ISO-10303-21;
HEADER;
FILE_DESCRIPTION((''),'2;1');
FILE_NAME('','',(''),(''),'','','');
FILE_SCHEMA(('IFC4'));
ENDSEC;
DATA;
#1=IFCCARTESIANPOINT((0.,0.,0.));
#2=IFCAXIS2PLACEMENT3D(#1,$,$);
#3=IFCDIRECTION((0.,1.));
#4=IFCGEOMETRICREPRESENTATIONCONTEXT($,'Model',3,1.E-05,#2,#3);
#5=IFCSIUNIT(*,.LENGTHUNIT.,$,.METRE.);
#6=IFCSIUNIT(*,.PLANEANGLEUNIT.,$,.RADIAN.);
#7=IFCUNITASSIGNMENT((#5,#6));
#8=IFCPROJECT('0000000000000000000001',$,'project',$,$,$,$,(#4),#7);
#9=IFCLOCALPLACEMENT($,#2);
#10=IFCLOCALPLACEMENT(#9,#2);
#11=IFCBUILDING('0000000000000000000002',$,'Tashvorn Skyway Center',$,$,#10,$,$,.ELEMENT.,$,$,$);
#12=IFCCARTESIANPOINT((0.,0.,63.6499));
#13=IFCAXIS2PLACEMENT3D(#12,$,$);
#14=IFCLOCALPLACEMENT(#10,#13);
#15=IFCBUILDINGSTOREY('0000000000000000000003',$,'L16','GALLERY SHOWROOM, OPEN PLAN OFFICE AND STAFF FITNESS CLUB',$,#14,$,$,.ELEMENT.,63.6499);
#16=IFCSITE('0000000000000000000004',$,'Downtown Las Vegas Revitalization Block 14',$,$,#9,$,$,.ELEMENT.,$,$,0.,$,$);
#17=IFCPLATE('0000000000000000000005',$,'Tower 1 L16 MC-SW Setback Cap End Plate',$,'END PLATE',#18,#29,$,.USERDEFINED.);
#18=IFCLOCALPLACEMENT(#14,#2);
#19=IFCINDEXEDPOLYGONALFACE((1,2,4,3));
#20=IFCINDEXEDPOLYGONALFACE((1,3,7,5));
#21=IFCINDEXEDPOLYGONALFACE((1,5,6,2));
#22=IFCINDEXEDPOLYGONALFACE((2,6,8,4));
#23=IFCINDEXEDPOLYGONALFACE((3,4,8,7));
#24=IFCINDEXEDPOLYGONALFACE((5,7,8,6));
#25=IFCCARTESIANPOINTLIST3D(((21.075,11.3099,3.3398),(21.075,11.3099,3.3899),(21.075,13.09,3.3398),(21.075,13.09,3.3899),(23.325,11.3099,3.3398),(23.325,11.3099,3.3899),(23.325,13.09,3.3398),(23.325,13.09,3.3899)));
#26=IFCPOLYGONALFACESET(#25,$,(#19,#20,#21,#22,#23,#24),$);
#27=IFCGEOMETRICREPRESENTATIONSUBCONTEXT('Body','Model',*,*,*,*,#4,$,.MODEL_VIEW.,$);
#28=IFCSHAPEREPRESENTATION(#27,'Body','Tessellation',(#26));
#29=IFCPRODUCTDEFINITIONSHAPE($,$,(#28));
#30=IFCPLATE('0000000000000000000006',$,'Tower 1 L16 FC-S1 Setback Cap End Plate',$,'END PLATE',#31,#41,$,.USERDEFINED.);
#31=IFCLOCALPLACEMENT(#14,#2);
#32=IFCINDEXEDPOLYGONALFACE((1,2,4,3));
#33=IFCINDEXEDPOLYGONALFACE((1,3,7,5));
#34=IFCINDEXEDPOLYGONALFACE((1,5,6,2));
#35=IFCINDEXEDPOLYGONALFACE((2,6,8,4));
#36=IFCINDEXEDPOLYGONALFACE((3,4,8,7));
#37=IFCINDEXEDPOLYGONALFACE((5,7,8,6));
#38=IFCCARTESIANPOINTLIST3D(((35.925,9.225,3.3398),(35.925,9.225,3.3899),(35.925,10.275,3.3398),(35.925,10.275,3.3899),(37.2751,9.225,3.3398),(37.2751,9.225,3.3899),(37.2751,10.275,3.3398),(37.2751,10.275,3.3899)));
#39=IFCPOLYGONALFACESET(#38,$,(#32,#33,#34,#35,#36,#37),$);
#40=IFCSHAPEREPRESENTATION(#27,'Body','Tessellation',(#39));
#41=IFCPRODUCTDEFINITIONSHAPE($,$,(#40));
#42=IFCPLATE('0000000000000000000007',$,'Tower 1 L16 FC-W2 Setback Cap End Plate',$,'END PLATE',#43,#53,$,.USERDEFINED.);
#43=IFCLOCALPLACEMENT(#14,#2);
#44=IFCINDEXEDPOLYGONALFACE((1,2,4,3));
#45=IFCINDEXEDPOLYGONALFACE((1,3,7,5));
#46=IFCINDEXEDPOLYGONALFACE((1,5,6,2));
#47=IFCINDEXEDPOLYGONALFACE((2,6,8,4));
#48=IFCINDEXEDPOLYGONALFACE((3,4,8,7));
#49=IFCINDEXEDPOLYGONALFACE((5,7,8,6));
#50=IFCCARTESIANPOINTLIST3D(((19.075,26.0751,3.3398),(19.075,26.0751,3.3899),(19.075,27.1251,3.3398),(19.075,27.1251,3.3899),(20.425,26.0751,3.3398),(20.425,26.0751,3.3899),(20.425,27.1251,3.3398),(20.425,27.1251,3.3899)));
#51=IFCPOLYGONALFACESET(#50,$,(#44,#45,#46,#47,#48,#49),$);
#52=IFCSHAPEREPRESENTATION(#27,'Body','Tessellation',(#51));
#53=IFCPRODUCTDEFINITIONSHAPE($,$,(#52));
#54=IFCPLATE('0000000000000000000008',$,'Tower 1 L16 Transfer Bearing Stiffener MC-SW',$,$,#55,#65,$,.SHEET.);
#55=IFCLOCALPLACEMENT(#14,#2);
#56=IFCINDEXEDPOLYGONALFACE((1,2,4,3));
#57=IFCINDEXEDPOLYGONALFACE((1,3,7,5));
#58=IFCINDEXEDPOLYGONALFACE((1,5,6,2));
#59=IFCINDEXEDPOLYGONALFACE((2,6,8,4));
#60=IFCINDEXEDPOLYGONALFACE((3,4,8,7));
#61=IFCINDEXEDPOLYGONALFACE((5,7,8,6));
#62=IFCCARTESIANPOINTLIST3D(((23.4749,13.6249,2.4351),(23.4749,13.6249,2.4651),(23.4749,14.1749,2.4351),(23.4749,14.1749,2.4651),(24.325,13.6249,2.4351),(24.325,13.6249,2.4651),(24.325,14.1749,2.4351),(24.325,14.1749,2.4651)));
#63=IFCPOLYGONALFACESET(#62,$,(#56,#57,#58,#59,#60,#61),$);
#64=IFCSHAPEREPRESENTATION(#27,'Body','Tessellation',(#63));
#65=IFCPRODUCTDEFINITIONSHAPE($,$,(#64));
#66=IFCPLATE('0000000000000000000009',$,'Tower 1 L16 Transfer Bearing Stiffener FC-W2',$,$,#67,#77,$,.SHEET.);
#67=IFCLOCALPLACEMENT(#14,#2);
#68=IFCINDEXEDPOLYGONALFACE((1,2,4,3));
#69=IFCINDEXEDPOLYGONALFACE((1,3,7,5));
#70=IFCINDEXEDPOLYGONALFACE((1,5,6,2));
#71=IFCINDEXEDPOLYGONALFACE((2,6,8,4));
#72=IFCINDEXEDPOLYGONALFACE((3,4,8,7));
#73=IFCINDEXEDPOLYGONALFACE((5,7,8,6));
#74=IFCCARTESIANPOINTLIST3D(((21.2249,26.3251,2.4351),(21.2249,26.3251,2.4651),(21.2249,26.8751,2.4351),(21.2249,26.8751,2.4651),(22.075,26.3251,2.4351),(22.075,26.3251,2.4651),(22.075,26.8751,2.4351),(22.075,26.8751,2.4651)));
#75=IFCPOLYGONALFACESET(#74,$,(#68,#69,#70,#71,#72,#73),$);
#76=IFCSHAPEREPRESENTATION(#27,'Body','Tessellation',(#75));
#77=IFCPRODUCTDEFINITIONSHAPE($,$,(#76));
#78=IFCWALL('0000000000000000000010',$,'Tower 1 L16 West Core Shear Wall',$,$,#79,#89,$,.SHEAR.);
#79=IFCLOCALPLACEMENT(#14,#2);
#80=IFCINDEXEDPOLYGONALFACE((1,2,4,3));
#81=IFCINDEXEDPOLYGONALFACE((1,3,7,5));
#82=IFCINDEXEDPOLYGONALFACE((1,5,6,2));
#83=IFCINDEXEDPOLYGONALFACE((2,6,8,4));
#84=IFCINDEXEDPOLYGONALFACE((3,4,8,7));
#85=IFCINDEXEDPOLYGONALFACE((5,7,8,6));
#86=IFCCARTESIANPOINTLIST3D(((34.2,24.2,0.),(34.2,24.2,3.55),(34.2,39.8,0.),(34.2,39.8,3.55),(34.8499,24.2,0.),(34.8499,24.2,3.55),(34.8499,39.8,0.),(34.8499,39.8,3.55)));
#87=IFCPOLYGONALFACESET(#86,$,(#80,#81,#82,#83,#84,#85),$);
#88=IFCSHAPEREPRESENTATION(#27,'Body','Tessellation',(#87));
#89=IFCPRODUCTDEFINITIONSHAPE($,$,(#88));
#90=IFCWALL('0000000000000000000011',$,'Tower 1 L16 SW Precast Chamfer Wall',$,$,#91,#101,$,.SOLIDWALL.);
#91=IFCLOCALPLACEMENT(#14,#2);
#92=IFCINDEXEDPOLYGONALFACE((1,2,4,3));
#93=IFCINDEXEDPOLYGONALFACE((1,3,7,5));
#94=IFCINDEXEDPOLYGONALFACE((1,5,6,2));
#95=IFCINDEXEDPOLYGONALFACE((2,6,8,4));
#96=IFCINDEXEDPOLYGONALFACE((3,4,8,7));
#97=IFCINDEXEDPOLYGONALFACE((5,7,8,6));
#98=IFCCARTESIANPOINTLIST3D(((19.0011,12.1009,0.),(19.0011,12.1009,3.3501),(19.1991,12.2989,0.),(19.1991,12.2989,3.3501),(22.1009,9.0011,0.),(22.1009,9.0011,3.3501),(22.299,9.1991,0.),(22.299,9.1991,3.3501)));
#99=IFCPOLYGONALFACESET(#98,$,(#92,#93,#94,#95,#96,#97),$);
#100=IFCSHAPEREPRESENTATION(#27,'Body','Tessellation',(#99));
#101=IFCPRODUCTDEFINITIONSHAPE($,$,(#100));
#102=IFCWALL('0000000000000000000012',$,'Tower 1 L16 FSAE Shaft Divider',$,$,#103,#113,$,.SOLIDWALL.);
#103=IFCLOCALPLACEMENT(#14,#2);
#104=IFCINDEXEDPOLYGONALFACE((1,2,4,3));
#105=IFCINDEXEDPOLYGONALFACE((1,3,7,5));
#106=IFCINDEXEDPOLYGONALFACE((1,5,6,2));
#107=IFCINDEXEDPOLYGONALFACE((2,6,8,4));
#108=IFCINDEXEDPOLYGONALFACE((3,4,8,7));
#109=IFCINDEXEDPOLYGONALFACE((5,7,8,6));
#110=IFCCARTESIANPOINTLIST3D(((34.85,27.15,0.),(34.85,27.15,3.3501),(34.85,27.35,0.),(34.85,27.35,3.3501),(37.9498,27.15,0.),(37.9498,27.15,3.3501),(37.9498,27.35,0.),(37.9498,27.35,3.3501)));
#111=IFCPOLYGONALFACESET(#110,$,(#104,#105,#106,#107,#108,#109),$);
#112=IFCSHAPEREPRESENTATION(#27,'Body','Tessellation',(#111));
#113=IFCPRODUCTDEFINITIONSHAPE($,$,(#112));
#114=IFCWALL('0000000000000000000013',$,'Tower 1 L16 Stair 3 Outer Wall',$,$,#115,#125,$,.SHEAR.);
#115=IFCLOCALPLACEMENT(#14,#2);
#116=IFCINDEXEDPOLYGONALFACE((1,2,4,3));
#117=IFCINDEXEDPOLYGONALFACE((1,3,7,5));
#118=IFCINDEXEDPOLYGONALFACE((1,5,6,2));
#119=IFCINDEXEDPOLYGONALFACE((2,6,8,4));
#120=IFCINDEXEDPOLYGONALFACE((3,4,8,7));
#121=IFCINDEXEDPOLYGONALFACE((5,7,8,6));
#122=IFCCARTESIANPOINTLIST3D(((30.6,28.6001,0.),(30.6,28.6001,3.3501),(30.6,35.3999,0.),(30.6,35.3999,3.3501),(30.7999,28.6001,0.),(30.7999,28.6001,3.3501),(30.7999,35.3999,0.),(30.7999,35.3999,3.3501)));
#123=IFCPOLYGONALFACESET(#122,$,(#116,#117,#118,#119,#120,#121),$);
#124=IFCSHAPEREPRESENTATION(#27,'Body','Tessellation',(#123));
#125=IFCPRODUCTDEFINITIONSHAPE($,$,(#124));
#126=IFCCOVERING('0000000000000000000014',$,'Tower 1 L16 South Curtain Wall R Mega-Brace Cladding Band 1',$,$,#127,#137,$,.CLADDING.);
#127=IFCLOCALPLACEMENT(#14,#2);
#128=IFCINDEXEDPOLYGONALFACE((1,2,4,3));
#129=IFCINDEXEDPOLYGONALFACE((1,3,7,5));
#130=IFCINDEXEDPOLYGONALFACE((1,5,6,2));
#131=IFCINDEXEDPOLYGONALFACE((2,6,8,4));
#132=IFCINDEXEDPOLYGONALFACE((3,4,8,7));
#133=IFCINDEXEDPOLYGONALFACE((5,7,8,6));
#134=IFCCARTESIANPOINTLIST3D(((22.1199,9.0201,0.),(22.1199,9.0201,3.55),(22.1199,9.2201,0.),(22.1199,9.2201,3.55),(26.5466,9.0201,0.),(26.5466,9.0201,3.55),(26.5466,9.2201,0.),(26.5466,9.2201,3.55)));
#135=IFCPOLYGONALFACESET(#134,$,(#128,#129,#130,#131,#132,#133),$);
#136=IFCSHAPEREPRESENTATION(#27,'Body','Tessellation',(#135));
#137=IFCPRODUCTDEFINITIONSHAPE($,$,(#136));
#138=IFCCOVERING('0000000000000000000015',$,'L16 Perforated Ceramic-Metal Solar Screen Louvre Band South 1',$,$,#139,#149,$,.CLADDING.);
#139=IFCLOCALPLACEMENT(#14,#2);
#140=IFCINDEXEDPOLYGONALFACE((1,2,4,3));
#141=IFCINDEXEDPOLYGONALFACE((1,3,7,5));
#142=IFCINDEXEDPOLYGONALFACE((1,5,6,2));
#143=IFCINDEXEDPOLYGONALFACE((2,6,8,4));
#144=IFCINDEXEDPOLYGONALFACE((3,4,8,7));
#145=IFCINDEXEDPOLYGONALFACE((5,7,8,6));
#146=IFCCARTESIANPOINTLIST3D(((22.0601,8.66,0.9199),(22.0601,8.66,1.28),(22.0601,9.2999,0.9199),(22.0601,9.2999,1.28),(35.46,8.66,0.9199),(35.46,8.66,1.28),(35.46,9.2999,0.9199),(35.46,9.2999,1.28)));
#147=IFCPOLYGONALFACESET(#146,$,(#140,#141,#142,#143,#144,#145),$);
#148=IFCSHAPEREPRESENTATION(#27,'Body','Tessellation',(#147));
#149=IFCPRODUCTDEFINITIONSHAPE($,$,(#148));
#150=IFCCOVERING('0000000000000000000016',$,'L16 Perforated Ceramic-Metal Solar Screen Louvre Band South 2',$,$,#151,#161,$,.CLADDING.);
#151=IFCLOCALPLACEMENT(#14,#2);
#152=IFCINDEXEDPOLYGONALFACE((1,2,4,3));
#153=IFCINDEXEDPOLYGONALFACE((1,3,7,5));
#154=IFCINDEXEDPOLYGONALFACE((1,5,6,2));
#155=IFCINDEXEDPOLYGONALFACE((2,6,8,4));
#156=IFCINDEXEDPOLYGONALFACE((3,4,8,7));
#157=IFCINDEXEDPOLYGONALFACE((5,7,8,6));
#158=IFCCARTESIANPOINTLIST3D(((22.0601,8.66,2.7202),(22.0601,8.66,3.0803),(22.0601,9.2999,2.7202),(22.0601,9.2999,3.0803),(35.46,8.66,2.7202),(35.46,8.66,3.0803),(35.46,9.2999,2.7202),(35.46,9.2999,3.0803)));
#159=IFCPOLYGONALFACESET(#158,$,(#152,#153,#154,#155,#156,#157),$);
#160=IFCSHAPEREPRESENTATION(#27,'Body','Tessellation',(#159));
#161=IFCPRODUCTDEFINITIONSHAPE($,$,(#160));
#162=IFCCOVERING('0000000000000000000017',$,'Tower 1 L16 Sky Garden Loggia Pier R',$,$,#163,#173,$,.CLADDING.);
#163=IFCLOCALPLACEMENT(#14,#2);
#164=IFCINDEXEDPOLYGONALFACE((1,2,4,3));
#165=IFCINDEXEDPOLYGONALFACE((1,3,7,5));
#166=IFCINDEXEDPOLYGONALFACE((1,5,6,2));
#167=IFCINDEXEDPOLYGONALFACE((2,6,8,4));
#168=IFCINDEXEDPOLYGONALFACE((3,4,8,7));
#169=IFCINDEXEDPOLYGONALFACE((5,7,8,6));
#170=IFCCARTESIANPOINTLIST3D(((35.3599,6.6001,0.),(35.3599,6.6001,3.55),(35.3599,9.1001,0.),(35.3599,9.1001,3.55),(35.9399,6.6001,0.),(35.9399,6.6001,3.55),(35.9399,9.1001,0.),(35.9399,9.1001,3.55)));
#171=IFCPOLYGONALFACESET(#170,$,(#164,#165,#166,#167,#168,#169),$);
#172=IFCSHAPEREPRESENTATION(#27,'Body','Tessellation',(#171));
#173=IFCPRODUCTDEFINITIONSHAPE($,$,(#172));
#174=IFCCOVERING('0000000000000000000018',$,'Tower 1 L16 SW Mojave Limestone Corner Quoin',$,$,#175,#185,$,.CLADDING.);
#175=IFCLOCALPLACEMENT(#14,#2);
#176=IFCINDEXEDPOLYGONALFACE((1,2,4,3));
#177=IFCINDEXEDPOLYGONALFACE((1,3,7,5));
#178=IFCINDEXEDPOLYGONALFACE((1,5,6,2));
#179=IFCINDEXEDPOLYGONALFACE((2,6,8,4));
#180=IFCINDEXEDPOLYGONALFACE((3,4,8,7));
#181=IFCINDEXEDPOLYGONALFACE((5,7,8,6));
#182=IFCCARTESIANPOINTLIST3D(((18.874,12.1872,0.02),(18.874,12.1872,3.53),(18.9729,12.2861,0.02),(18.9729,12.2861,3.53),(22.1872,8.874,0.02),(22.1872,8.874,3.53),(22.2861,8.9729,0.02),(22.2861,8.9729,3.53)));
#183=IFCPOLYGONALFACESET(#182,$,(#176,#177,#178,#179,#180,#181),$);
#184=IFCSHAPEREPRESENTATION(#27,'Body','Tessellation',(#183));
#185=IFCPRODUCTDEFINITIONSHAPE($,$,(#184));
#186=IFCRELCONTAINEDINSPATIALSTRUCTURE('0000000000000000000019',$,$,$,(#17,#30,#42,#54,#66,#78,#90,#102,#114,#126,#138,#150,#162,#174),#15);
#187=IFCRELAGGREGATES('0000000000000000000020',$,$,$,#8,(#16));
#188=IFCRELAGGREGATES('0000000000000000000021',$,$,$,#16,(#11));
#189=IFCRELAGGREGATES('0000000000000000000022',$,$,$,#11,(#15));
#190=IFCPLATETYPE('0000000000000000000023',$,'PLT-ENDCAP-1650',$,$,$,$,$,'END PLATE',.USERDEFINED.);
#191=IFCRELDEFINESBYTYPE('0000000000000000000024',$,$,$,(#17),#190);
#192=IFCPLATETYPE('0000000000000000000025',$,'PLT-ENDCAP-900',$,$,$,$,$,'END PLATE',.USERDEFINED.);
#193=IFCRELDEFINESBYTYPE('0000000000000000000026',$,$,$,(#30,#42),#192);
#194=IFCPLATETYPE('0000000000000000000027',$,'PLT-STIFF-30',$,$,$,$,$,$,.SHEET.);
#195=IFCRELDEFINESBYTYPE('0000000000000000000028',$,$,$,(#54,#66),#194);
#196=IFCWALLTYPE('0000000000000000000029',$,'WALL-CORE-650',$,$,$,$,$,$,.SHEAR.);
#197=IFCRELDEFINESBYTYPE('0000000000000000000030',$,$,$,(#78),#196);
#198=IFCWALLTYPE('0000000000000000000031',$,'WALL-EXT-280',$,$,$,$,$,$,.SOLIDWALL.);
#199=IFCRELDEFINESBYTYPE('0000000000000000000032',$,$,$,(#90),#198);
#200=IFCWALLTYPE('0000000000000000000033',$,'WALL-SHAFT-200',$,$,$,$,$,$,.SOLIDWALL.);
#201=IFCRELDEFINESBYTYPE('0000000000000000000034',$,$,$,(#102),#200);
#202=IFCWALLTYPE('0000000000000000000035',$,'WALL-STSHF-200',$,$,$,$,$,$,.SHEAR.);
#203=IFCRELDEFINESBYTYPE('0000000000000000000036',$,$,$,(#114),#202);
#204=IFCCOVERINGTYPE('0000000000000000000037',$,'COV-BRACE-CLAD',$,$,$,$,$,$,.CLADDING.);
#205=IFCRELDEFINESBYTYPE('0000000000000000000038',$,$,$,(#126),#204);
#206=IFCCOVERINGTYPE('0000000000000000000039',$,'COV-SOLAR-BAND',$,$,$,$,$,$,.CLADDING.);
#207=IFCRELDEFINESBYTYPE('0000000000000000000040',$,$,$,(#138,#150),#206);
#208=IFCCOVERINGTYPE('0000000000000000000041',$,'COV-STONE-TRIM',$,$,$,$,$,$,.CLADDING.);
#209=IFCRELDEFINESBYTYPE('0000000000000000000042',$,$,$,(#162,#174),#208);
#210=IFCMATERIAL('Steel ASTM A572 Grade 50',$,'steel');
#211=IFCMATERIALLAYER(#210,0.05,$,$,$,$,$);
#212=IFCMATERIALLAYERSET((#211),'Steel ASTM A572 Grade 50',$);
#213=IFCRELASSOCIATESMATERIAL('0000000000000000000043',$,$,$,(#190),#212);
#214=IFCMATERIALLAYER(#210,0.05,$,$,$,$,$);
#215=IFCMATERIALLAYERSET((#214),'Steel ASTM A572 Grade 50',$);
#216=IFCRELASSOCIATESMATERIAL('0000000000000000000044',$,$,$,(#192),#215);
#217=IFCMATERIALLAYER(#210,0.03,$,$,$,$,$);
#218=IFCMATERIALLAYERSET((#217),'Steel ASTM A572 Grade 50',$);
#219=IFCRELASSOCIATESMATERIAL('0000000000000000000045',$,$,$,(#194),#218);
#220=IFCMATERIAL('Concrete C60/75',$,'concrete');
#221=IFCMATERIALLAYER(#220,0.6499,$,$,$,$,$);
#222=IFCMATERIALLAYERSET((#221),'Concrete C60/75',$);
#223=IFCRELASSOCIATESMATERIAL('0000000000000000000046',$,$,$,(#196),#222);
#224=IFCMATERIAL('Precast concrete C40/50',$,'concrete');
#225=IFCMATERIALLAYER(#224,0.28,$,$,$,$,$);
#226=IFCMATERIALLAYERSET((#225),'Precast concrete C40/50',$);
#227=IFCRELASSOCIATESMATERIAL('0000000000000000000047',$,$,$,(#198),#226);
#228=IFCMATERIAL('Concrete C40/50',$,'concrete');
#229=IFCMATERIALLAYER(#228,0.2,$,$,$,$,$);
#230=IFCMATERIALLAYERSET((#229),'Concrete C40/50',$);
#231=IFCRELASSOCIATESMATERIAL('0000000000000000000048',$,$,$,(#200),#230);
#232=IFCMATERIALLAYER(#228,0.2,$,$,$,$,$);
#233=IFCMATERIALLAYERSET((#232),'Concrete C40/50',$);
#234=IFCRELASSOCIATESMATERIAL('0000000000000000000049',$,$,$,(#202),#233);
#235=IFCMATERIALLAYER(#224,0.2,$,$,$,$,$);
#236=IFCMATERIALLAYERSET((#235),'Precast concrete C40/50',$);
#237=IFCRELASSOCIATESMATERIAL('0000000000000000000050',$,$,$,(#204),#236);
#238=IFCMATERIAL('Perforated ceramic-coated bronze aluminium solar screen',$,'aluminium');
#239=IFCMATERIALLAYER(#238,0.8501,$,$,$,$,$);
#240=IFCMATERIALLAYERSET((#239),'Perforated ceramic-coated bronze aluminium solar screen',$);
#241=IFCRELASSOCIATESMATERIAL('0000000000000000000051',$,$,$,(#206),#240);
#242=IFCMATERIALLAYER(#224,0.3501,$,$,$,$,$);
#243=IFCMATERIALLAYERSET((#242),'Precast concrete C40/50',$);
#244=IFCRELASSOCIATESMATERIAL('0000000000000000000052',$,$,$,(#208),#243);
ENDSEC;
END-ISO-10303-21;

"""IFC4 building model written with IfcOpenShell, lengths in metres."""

from ifc_helpers import new_model, si_unit, direction, frame, frame_2d, origin, origin_2d, place, context, subcontext, project, spatial, rectangle, extrude, material, layer, layer_set, type_object, element, save


model = new_model("IFC4")

# Units and contexts
model_context = context("Model", 3, precision=1e-05, world=origin(), true_north=direction((0.0, 1.0)))
body_context = subcontext(model_context, "Body", "Model", "MODEL_VIEW")
ifc_project = project(units=[si_unit("LENGTHUNIT", "METRE"), si_unit("PLANEANGLEUNIT", "RADIAN")], contexts=[model_context])

# Site, building, storey
site_placement = place(None, origin())
site = spatial("IfcSite", under=ifc_project, at=site_placement, Name="Downtown Las Vegas Revitalization Block 14", CompositionType="ELEMENT", RefElevation=0.0)
building_placement = place(site_placement, origin())
building = spatial("IfcBuilding", under=site, at=building_placement, Name="Tashvorn Skyway Center", CompositionType="ELEMENT")
storey_placement = place(building_placement, frame((0.0, 0.0, 63.6499)))
storey = spatial("IfcBuildingStorey", under=building, at=storey_placement, Name="L16", Description="GALLERY SHOWROOM, OPEN PLAN OFFICE AND STAFF FITNESS CLUB", CompositionType="ELEMENT", Elevation=63.6499)

# Shared definitions
ifc_material_1 = material(Name="Steel ASTM A572 Grade 50", Category="steel")

# Plates
ifc_layer_1 = layer(ifc_material_1, 0.05)
ifc_layer_set_1 = layer_set([ifc_layer_1], Name="Steel ASTM A572 Grade 50")
plate_type_1 = type_object("IfcPlateType", Name="PLT-ENDCAP-1650", ElementType="END PLATE", PredefinedType="USERDEFINED", material=ifc_layer_set_1)
plate_1_placement = place(storey_placement, frame((22.2, 12.2, 3.3398), z_axis=(0.0, 0.0, 1.0), x_axis=(1.0, 0.0, 0.0)))
element("IfcPlate", 1, at=plate_1_placement, inside=storey, type_object=plate_type_1, Name="Tower 1 L16 MC-SW Setback Cap End Plate", ObjectType="END PLATE", PredefinedType="USERDEFINED", context=body_context, shape_type="SweptSolid", body=[
    extrude(rectangle(XDim=2.25, YDim=1.78, at=origin_2d()), origin(), (0.0, 0.0, 1.0), 0.05),
])
ifc_layer_2 = layer(ifc_material_1, 0.05)
ifc_layer_set_2 = layer_set([ifc_layer_2], Name="Steel ASTM A572 Grade 50")
plate_type_2 = type_object("IfcPlateType", Name="PLT-ENDCAP-900", ElementType="END PLATE", PredefinedType="USERDEFINED", material=ifc_layer_set_2)
for number, where, z_axis, x_axis, name in (
    (2, (36.6001, 9.75, 3.3398), (0.0, 0.0, 1.0), (1.0, 0.0, 0.0), "Tower 1 L16 FC-S1 Setback Cap End Plate"),
    (3, (19.75, 26.6001, 3.3398), (0.0, 0.0, 1.0), (1.0, 0.0, 0.0), "Tower 1 L16 FC-W2 Setback Cap End Plate"),
):
    element("IfcPlate", number, at=place(storey_placement, frame(where, z_axis=z_axis, x_axis=x_axis)), inside=storey, type_object=plate_type_2, Name=name, ObjectType="END PLATE", PredefinedType="USERDEFINED", context=body_context, shape_type="SweptSolid", body=[
        extrude(rectangle(XDim=1.3501, YDim=1.05, at=origin_2d()), origin(), (0.0, 0.0, 1.0), 0.05),
    ])
ifc_layer_3 = layer(ifc_material_1, 0.03)
ifc_layer_set_3 = layer_set([ifc_layer_3], Name="Steel ASTM A572 Grade 50")
plate_type_3 = type_object("IfcPlateType", Name="PLT-STIFF-30", PredefinedType="SHEET", material=ifc_layer_set_3)
for number, where, z_axis, x_axis, name in (
    (4, (23.8999, 13.8999, 2.4351), (0.0, 0.0, 1.0), (1.0, 0.0, 0.0), "Tower 1 L16 Transfer Bearing Stiffener MC-SW"),
    (5, (21.6499, 26.6001, 2.4351), (0.0, 0.0, 1.0), (1.0, 0.0, 0.0), "Tower 1 L16 Transfer Bearing Stiffener FC-W2"),
):
    element("IfcPlate", number, at=place(storey_placement, frame(where, z_axis=z_axis, x_axis=x_axis)), inside=storey, type_object=plate_type_3, Name=name, PredefinedType="SHEET", context=body_context, shape_type="SweptSolid", body=[
        extrude(rectangle(XDim=0.8501, YDim=0.55, at=origin_2d()), origin(), (0.0, 0.0, 1.0), 0.03),
    ])

# Walls
ifc_material_2 = material(Name="Concrete C60/75", Category="concrete")
ifc_layer_4 = layer(ifc_material_2, 0.6499)
ifc_layer_set_4 = layer_set([ifc_layer_4], Name="Concrete C60/75")
wall_type_1 = type_object("IfcWallType", Name="WALL-CORE-650", PredefinedType="SHEAR", material=ifc_layer_set_4)
wall_1_placement = place(storey_placement, frame((34.5249, 24.2, 0.0), z_axis=(0.0, 0.0, 1.0), x_axis=(0.0, 1.0, 0.0)))
element("IfcWall", 6, at=wall_1_placement, inside=storey, type_object=wall_type_1, Name="Tower 1 L16 West Core Shear Wall", PredefinedType="SHEAR", context=body_context, shape_type="SweptSolid", body=[
    extrude(rectangle(XDim=15.6001, YDim=0.6499, at=frame_2d((7.8, 0.0))), origin(), (0.0, 0.0, 1.0), 3.55),
])
ifc_material_3 = material(Name="Precast concrete C40/50", Category="concrete")
ifc_layer_5 = layer(ifc_material_3, 0.28)
ifc_layer_set_5 = layer_set([ifc_layer_5], Name="Precast concrete C40/50")
wall_type_2 = type_object("IfcWallType", Name="WALL-EXT-280", PredefinedType="SOLIDWALL", material=ifc_layer_set_5)
wall_2_placement = place(storey_placement, frame((22.2, 9.1001, 0.0), z_axis=(0.0, 0.0, 1.0), x_axis=(-0.707107, 0.707107, 0.0)))
element("IfcWall", 7, at=wall_2_placement, inside=storey, type_object=wall_type_2, Name="Tower 1 L16 SW Precast Chamfer Wall", PredefinedType="SOLIDWALL", context=body_context, shape_type="SweptSolid", body=[
    extrude(rectangle(XDim=4.3838, YDim=0.28, at=frame_2d((2.1919, 0.0))), origin(), (0.0, 0.0, 1.0), 3.3501),
])
ifc_material_4 = material(Name="Concrete C40/50", Category="concrete")
ifc_layer_6 = layer(ifc_material_4, 0.2)
ifc_layer_set_6 = layer_set([ifc_layer_6], Name="Concrete C40/50")
wall_type_3 = type_object("IfcWallType", Name="WALL-SHAFT-200", PredefinedType="SOLIDWALL", material=ifc_layer_set_6)
wall_3_placement = place(storey_placement, frame((34.8501, 27.25, 0.0), z_axis=(0.0, 0.0, 1.0), x_axis=(1.0, 0.0, 0.0)))
element("IfcWall", 8, at=wall_3_placement, inside=storey, type_object=wall_type_3, Name="Tower 1 L16 FSAE Shaft Divider", PredefinedType="SOLIDWALL", context=body_context, shape_type="SweptSolid", body=[
    extrude(rectangle(XDim=3.0999, YDim=0.2, at=frame_2d((1.5498, 0.0))), origin(), (0.0, 0.0, 1.0), 3.3501),
])
ifc_layer_7 = layer(ifc_material_4, 0.2)
ifc_layer_set_7 = layer_set([ifc_layer_7], Name="Concrete C40/50")
wall_type_4 = type_object("IfcWallType", Name="WALL-STSHF-200", PredefinedType="SHEAR", material=ifc_layer_set_7)
wall_4_placement = place(storey_placement, frame((30.7, 28.6001, 0.0), z_axis=(0.0, 0.0, 1.0), x_axis=(0.0, 1.0, 0.0)))
element("IfcWall", 9, at=wall_4_placement, inside=storey, type_object=wall_type_4, Name="Tower 1 L16 Stair 3 Outer Wall", PredefinedType="SHEAR", context=body_context, shape_type="SweptSolid", body=[
    extrude(rectangle(XDim=6.7998, YDim=0.2, at=frame_2d((3.3999, 0.0))), origin(), (0.0, 0.0, 1.0), 3.3501),
])

# Coverings
ifc_layer_8 = layer(ifc_material_3, 0.2)
ifc_layer_set_8 = layer_set([ifc_layer_8], Name="Precast concrete C40/50")
covering_type_1 = type_object("IfcCoveringType", Name="COV-BRACE-CLAD", PredefinedType="CLADDING", material=ifc_layer_set_8)
covering_1_placement = place(storey_placement, frame((24.3333, 9.1201, 0.0), z_axis=(0.0, 0.0, 1.0), x_axis=(-1.0, 0.0, 0.0)))
element("IfcCovering", 10, at=covering_1_placement, inside=storey, type_object=covering_type_1, Name="Tower 1 L16 South Curtain Wall R Mega-Brace Cladding Band 1", PredefinedType="CLADDING", context=body_context, shape_type="SweptSolid", body=[
    extrude(rectangle(XDim=4.4268, YDim=0.2, at=origin_2d()), origin(), (0.0, 0.0, 1.0), 3.55),
])
ifc_material_5 = material(Name="Perforated ceramic-coated bronze aluminium solar screen", Category="aluminium")
ifc_layer_9 = layer(ifc_material_5, 0.8501)
ifc_layer_set_9 = layer_set([ifc_layer_9], Name="Perforated ceramic-coated bronze aluminium solar screen")
covering_type_2 = type_object("IfcCoveringType", Name="COV-SOLAR-BAND", PredefinedType="CLADDING", material=ifc_layer_set_9)
for number, where, z_axis, x_axis, name in (
    (11, (28.76, 8.98, 0.9199), (0.0, 0.0, 1.0), (-1.0, 0.0, 0.0), "L16 Perforated Ceramic-Metal Solar Screen Louvre Band South 1"),
    (12, (28.76, 8.98, 2.7202), (0.0, 0.0, 1.0), (-1.0, 0.0, 0.0), "L16 Perforated Ceramic-Metal Solar Screen Louvre Band South 2"),
):
    element("IfcCovering", number, at=place(storey_placement, frame(where, z_axis=z_axis, x_axis=x_axis)), inside=storey, type_object=covering_type_2, Name=name, PredefinedType="CLADDING", context=body_context, shape_type="SweptSolid", body=[
        extrude(rectangle(XDim=13.3999, YDim=0.6399, at=origin_2d()), origin(), (0.0, 0.0, 1.0), 0.3601),
    ])
ifc_layer_10 = layer(ifc_material_3, 0.3501)
ifc_layer_set_10 = layer_set([ifc_layer_10], Name="Precast concrete C40/50")
covering_type_3 = type_object("IfcCoveringType", Name="COV-STONE-TRIM", PredefinedType="CLADDING", material=ifc_layer_set_10)
covering_2_placement = place(storey_placement, frame((35.6499, 7.8501, 0.0), z_axis=(0.0, 0.0, 1.0), x_axis=(-1.0, 0.0, 0.0)))
element("IfcCovering", 13, at=covering_2_placement, inside=storey, type_object=covering_type_3, Name="Tower 1 L16 Sky Garden Loggia Pier R", PredefinedType="CLADDING", context=body_context, shape_type="SweptSolid", body=[
    extrude(rectangle(XDim=0.5801, YDim=2.5, at=origin_2d()), origin(), (0.0, 0.0, 1.0), 3.55),
])
covering_3_placement = place(storey_placement, frame((20.5801, 10.5801, 0.02), z_axis=(0.0, 0.0, 1.0), x_axis=(-0.707107, 0.707107, 0.0)))
element("IfcCovering", 14, at=covering_3_placement, inside=storey, type_object=covering_type_3, Name="Tower 1 L16 SW Mojave Limestone Corner Quoin", PredefinedType="CLADDING", context=body_context, shape_type="SweptSolid", body=[
    extrude(rectangle(XDim=4.6855, YDim=0.1399, at=origin_2d()), origin(), (0.0, 0.0, 1.0), 3.51),
])

save(model, "model.ifc")
